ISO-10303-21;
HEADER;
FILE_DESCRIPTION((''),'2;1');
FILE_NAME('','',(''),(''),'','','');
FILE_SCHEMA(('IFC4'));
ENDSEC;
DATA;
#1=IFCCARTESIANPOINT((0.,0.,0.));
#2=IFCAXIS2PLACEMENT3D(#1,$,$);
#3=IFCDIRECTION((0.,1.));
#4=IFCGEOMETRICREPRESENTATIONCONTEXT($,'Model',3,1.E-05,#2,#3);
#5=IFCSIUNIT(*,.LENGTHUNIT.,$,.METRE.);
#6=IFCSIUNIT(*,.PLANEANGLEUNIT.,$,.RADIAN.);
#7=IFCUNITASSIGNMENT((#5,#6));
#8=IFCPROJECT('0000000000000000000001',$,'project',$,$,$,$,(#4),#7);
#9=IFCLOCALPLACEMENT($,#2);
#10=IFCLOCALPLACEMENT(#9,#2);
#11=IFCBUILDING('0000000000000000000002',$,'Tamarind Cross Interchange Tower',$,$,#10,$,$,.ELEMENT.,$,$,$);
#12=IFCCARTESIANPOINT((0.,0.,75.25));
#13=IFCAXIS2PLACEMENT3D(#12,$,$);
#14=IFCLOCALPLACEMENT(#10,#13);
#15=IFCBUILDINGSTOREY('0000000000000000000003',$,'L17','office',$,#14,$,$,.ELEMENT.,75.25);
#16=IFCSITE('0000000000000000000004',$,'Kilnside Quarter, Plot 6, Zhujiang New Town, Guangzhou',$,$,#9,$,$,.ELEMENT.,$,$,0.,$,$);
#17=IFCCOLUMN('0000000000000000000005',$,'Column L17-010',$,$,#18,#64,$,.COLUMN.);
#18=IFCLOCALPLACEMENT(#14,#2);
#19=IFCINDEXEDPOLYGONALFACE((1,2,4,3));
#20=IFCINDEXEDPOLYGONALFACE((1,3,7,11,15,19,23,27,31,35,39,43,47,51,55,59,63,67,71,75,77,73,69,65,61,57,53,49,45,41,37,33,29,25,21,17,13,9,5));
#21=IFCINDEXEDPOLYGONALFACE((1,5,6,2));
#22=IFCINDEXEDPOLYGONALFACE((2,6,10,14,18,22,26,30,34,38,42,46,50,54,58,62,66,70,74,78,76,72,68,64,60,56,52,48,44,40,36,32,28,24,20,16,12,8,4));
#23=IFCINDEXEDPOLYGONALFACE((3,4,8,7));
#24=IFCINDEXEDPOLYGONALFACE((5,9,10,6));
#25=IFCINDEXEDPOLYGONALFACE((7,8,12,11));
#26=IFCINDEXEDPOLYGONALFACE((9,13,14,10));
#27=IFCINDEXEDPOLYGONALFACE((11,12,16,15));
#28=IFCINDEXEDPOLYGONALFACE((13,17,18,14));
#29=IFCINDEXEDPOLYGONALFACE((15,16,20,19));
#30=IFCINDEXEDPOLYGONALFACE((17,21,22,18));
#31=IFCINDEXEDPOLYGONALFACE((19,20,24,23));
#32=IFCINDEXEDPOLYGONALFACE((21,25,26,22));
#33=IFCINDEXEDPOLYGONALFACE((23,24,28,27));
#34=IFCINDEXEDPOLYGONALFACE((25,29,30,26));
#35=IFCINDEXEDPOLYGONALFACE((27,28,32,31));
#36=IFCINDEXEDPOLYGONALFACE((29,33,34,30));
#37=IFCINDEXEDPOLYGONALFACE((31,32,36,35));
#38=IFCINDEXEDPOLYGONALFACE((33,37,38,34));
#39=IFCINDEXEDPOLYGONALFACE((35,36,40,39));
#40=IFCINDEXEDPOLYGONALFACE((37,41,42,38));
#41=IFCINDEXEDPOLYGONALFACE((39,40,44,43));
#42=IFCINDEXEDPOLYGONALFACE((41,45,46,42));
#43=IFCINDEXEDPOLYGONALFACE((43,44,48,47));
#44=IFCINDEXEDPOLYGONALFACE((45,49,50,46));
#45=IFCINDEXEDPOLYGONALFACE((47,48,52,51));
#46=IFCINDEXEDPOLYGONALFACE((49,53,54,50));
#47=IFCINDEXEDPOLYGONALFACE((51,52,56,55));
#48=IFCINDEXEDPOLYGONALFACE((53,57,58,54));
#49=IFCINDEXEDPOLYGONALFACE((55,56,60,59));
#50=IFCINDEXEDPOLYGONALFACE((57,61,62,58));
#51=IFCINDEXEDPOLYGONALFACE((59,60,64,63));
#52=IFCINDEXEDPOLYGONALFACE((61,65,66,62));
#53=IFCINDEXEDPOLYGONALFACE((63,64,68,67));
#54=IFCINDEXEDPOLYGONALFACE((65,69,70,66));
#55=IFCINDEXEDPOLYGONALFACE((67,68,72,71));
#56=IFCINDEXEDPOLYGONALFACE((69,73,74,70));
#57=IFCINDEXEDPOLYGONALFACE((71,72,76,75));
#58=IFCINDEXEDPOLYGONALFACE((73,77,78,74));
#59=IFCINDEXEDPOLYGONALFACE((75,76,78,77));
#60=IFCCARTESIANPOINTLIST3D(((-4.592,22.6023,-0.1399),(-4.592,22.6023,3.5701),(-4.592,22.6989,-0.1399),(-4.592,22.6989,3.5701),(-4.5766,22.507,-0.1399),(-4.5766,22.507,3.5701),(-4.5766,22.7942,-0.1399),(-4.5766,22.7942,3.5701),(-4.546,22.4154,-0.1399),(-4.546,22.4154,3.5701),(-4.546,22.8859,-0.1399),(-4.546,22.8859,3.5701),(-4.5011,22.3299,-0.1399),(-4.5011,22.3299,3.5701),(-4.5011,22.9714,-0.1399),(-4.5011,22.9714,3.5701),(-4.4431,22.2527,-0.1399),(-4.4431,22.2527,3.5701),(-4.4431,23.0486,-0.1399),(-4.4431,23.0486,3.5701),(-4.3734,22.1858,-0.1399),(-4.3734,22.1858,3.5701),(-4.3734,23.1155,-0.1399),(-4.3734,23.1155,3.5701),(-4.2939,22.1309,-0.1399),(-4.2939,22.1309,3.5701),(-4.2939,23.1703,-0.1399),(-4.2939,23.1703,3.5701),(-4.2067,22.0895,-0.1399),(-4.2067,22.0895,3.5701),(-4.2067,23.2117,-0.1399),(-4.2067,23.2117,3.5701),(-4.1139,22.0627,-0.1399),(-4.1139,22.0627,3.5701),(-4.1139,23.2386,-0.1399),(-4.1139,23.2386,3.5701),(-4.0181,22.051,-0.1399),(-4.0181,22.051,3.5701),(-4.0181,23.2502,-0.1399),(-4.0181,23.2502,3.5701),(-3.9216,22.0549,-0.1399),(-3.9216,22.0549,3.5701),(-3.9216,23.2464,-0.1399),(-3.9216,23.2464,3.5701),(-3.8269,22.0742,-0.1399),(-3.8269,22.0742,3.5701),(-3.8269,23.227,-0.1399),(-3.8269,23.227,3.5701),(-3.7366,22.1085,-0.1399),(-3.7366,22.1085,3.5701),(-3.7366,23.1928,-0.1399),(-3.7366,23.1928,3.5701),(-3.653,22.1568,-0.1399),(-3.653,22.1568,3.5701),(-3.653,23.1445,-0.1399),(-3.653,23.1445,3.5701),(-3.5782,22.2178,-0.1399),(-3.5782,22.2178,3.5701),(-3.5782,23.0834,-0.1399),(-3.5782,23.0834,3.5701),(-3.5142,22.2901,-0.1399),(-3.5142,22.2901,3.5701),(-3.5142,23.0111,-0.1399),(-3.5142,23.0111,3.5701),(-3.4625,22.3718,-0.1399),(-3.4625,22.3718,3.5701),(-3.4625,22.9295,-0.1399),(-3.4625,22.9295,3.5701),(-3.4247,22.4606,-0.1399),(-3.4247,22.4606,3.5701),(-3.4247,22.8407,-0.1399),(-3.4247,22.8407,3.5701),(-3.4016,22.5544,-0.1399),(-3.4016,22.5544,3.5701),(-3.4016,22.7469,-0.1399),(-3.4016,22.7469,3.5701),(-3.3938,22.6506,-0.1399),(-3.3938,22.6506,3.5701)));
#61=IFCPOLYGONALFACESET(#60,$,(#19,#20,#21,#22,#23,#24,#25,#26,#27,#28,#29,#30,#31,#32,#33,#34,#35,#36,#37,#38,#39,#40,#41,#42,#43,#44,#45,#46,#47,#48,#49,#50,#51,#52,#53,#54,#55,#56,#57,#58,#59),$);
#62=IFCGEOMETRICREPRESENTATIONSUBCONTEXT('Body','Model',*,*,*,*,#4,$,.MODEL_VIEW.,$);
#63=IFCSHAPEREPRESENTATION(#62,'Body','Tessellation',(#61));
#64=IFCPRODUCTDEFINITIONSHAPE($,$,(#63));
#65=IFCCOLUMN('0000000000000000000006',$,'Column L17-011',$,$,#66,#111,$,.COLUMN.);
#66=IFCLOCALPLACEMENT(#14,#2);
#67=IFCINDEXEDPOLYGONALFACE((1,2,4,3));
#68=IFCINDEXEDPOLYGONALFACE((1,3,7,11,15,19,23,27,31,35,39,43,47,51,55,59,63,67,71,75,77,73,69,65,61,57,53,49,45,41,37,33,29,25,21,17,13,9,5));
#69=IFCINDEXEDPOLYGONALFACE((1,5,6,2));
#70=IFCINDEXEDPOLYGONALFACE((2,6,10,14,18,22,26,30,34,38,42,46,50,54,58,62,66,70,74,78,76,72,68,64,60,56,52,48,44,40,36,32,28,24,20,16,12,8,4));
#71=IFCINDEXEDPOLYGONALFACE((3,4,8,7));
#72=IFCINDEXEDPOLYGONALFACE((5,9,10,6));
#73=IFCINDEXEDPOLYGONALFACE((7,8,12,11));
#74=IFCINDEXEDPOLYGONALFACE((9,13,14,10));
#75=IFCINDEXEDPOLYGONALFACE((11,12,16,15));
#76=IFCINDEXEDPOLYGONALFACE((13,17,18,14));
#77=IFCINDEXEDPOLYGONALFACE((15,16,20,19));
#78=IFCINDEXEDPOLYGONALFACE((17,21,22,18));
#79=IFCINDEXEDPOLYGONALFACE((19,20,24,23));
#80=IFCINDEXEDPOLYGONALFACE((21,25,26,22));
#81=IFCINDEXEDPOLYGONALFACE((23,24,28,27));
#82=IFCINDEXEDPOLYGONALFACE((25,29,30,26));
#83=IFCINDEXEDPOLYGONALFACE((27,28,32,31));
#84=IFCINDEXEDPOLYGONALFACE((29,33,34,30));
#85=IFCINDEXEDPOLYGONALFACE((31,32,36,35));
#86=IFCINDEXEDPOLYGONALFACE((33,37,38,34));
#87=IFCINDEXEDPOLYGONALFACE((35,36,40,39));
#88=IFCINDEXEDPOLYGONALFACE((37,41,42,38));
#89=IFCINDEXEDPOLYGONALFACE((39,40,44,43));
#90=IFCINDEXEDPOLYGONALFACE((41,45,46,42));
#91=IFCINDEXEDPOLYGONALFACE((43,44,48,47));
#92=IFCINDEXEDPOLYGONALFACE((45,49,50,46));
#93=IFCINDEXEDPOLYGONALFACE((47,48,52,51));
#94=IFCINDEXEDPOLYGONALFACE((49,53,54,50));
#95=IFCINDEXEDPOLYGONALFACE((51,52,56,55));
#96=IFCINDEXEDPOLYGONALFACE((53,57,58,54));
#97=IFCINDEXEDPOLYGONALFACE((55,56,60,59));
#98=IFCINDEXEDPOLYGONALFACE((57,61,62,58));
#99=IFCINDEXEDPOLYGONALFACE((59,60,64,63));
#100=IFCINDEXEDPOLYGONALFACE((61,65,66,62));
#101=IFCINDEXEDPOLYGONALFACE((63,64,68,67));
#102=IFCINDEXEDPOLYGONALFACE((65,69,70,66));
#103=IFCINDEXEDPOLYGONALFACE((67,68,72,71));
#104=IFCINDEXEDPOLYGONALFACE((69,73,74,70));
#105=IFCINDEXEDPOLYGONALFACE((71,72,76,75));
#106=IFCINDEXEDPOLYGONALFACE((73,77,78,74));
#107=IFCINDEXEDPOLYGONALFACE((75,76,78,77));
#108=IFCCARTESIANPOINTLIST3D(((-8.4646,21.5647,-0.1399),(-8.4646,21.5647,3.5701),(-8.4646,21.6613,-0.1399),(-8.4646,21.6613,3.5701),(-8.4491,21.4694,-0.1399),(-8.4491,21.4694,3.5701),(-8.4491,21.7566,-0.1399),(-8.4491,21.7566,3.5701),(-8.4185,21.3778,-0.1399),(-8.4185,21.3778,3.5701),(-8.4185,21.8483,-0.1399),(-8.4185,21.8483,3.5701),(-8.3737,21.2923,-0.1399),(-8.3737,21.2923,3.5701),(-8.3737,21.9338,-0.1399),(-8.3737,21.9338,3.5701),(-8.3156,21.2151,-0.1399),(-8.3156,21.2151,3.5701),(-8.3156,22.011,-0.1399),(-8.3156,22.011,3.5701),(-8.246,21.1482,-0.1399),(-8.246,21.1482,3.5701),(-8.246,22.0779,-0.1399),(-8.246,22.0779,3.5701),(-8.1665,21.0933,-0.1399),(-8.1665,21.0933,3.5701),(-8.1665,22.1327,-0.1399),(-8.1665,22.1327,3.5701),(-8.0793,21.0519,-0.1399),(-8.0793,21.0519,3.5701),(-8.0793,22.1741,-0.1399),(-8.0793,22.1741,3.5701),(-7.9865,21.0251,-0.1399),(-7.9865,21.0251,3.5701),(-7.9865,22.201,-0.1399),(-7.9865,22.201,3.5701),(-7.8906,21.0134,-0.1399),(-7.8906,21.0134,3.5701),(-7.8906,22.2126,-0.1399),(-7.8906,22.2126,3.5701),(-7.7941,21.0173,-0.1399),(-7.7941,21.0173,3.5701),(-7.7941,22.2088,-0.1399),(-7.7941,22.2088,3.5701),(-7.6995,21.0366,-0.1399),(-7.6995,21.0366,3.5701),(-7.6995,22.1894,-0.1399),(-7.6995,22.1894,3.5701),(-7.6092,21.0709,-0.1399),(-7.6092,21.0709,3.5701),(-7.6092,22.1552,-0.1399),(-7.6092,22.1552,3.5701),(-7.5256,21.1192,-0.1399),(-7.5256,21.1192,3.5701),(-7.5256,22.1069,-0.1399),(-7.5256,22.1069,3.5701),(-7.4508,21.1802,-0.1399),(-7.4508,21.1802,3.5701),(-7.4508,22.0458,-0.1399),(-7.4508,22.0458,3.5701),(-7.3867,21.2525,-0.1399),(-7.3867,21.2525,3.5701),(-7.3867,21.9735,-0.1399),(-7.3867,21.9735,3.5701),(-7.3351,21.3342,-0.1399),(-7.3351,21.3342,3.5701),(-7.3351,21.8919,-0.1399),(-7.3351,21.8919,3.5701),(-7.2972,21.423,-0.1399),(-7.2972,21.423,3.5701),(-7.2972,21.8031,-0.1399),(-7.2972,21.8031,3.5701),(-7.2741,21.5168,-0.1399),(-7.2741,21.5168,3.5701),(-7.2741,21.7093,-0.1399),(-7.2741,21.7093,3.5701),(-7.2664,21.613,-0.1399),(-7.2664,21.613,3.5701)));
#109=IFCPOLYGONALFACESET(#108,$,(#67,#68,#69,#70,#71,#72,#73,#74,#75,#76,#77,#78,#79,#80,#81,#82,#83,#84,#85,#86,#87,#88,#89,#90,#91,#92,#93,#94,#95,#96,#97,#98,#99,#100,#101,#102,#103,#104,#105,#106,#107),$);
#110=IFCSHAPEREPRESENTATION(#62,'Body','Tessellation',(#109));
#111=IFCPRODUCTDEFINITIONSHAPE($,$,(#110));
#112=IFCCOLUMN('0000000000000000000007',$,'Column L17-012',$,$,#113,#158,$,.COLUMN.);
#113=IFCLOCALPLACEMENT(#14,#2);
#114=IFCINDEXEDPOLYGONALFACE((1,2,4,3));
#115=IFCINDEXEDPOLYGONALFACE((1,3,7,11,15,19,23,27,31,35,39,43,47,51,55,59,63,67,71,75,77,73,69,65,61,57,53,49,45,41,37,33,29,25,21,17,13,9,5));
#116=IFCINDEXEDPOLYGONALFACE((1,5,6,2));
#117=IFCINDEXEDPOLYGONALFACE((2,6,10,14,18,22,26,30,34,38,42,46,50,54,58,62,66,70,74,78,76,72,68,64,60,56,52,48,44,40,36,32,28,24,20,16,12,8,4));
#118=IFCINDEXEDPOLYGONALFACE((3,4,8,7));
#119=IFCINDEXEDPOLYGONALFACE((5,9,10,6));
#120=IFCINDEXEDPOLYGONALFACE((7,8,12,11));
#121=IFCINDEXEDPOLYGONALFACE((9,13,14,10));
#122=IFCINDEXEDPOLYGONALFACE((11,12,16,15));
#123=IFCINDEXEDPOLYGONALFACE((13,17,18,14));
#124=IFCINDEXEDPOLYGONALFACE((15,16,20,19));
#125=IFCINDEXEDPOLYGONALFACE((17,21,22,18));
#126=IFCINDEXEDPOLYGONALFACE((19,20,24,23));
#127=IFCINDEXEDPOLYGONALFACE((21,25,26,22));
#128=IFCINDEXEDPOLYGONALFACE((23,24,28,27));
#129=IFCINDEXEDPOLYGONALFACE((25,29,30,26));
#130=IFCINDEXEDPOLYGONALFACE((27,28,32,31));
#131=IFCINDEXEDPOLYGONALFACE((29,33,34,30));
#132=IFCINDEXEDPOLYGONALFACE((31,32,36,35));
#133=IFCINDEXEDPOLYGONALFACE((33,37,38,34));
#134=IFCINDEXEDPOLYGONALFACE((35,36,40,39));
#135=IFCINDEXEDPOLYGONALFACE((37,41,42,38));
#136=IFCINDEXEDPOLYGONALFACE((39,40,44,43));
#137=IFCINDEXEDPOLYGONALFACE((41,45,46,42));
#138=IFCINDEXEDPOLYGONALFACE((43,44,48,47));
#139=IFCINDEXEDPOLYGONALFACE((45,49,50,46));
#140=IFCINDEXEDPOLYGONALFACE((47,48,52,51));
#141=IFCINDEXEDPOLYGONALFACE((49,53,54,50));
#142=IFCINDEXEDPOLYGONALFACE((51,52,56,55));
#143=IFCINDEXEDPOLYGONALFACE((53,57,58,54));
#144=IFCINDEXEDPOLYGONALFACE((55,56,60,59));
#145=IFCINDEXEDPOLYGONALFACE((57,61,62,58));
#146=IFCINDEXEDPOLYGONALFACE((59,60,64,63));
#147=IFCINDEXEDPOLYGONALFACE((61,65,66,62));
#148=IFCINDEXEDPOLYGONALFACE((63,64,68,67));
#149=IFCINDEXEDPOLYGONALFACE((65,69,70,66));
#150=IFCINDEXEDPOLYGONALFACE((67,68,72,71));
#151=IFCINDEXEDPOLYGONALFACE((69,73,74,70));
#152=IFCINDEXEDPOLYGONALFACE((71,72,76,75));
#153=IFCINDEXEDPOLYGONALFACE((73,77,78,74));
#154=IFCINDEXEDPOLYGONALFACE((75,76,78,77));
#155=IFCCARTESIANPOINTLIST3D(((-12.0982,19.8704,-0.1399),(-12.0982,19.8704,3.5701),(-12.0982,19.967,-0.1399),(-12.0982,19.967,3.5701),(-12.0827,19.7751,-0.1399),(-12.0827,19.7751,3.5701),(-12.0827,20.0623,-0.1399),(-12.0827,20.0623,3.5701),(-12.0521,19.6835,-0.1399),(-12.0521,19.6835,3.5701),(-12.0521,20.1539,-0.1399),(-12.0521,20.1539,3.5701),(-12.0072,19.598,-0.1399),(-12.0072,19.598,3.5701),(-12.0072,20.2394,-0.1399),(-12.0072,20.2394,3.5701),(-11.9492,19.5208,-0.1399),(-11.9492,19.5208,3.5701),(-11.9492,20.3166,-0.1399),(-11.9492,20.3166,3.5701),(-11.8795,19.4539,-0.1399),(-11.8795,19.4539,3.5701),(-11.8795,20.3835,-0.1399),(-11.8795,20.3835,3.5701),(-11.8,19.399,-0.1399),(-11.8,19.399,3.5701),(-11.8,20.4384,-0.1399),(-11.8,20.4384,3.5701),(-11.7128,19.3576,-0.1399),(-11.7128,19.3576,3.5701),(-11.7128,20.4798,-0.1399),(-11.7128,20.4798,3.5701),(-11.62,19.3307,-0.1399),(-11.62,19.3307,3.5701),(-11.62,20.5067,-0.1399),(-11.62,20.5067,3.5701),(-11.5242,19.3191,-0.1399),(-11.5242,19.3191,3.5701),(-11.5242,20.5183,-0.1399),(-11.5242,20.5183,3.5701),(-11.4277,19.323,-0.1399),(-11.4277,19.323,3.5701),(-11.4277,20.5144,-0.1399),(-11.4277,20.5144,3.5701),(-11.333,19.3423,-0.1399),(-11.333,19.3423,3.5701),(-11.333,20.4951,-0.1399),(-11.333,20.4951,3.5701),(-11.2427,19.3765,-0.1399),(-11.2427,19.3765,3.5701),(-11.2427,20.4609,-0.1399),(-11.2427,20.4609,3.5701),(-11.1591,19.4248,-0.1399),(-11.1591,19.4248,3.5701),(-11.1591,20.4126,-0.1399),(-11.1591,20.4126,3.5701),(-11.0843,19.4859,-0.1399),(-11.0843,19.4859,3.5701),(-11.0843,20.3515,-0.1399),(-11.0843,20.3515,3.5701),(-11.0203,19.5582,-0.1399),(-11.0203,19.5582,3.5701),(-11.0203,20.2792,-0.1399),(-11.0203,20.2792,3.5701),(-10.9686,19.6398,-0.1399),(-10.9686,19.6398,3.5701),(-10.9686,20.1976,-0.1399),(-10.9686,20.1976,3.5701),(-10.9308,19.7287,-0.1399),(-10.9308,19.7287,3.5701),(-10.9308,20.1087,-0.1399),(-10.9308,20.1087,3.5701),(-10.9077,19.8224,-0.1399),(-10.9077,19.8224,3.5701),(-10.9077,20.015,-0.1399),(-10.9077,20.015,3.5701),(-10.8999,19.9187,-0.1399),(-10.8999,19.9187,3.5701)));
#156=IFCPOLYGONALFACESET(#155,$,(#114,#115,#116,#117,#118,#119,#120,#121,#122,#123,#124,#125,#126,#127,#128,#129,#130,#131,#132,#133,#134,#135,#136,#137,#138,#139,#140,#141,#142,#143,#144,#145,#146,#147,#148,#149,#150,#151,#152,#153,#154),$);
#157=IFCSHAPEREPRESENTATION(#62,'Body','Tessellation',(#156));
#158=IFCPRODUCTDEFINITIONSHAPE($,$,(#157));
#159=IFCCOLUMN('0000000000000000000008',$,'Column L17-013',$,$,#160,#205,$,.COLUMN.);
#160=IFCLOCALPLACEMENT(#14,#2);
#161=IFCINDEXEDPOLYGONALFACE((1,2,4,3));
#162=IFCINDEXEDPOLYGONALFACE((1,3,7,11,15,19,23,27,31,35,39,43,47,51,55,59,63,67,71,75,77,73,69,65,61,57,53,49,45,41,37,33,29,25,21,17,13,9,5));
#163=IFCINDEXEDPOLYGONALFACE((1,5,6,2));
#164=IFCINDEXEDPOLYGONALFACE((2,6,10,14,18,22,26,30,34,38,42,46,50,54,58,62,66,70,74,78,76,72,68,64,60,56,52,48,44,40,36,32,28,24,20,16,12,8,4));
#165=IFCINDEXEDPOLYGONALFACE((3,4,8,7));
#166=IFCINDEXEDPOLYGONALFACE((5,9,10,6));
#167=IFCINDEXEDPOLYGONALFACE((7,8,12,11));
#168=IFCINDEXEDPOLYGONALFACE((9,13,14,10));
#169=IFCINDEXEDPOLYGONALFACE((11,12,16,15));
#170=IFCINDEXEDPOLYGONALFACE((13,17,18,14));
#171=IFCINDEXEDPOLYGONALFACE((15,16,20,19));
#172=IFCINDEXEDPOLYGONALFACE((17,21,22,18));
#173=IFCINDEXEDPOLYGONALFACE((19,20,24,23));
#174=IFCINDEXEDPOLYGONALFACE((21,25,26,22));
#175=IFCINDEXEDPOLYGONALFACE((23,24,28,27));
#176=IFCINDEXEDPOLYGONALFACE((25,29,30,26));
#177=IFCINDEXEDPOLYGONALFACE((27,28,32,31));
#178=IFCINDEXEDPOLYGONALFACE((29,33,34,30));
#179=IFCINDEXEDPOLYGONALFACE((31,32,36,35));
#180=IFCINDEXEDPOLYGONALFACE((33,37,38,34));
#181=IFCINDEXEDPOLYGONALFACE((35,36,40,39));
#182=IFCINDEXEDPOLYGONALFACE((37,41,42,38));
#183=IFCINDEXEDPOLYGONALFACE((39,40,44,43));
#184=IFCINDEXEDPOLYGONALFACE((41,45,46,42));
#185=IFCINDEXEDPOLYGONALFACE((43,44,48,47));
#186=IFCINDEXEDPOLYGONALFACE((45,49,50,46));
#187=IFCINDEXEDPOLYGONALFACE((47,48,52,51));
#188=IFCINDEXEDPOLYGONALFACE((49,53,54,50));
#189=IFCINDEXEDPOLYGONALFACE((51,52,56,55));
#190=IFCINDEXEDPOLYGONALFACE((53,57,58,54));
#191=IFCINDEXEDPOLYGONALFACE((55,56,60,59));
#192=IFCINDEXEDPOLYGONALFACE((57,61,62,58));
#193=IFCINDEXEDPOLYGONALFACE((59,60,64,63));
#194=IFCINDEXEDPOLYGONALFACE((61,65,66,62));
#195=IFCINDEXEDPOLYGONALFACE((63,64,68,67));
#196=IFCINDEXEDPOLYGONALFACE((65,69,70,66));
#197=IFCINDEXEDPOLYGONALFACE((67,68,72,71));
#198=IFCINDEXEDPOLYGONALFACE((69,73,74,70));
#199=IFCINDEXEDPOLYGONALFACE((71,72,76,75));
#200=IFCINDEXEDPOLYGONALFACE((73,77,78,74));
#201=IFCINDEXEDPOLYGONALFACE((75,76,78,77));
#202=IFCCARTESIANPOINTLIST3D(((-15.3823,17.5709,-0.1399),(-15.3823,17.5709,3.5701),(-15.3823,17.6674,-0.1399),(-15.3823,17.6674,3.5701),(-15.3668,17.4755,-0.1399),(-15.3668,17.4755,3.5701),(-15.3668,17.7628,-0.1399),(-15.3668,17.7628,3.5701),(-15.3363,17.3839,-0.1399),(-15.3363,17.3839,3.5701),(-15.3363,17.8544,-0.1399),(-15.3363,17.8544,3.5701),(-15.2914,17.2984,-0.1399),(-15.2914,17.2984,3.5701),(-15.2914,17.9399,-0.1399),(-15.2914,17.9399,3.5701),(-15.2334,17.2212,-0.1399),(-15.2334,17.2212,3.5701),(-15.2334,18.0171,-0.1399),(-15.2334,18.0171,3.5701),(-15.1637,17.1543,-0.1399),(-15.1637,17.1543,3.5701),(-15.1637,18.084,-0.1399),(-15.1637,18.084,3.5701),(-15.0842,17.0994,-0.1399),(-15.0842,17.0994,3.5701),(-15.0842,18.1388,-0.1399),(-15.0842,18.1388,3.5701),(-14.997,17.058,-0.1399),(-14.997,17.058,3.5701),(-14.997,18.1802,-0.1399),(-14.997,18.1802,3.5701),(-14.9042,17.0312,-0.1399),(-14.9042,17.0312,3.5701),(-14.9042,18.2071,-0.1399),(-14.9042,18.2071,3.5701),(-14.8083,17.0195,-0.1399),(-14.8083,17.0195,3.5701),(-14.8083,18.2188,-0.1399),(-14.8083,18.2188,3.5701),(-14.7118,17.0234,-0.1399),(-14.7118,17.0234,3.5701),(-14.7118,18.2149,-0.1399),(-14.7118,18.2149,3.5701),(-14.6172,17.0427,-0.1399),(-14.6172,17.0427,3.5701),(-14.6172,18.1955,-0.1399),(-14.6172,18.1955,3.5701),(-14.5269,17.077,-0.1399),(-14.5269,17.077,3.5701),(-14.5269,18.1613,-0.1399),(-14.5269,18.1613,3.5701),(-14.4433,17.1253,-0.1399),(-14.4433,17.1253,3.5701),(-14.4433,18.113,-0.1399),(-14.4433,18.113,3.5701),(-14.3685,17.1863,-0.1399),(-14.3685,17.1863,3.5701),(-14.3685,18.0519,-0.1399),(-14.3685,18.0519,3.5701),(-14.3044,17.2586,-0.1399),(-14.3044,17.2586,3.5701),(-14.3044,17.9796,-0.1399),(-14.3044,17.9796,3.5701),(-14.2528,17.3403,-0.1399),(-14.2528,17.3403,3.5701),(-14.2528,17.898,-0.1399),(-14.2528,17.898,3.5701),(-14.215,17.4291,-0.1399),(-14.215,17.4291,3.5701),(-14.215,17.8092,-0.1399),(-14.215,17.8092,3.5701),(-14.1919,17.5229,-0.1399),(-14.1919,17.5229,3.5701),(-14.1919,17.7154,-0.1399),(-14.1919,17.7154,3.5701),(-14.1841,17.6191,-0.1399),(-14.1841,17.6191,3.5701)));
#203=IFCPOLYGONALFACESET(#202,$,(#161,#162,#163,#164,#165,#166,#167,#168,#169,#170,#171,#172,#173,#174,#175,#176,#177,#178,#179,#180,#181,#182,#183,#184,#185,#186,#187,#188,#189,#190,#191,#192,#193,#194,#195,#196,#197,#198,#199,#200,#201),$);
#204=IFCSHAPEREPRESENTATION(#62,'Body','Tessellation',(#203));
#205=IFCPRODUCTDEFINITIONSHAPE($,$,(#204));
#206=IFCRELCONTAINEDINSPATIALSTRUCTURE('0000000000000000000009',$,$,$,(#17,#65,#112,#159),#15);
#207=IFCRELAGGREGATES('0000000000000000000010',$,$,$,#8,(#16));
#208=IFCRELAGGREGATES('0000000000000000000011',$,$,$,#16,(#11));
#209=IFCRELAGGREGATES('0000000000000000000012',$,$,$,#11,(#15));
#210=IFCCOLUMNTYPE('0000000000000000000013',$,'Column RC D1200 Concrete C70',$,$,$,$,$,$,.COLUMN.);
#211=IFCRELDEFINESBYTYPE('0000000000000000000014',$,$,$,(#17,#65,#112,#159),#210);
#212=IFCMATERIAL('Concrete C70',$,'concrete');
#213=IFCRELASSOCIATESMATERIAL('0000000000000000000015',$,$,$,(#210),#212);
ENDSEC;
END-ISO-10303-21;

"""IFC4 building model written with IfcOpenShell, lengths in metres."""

from ifc_helpers import new_model, si_unit, direction, frame, origin, origin_2d, place, context, subcontext, project, spatial, circle, extrude, material, material_profile, profile_set, type_object, element, save


model = new_model("IFC4")

# Units and contexts
model_context = context("Model", 3, precision=1e-05, world=origin(), true_north=direction((0.0, 1.0)))
body_context = subcontext(model_context, "Body", "Model", "MODEL_VIEW")
ifc_project = project(units=[si_unit("LENGTHUNIT", "METRE"), si_unit("PLANEANGLEUNIT", "RADIAN")], contexts=[model_context])

# Site, building, storey
site_placement = place(None, origin())
site = spatial("IfcSite", under=ifc_project, at=site_placement, Name="Kilnside Quarter, Plot 6, Zhujiang New Town, Guangzhou", CompositionType="ELEMENT", RefElevation=0.0)
building_placement = place(site_placement, origin())
building = spatial("IfcBuilding", under=site, at=building_placement, Name="Tamarind Cross Interchange Tower", CompositionType="ELEMENT")
storey_placement = place(building_placement, frame((0.0, 0.0, 75.25)))
storey = spatial("IfcBuildingStorey", under=building, at=storey_placement, Name="L17", Description="office", CompositionType="ELEMENT", Elevation=75.25)

# Columns
ifc_material_1 = material(Name="Concrete C70", Category="concrete")
ifc_material_profile_1 = material_profile(ifc_material_1, circle(Radius=0.6001, at=origin_2d()), Name="RC D1200")
ifc_profile_set_1 = profile_set([ifc_material_profile_1], Name="Concrete C70")
column_type = type_object("IfcColumnType", Name="Column RC D1200 Concrete C70", PredefinedType="COLUMN", material=ifc_profile_set_1)
for number, where, z_axis, x_axis, name in (
    (1, (-3.9939, 22.6506, -0.1399), (0.0, 0.0, 1.0), (1.0, 0.0, 0.0), "Column L17-010"),
    (2, (-7.8665, 21.613, -0.1399), (0.0, 0.0, 1.0), (1.0, 0.0, 0.0), "Column L17-011"),
    (3, (-11.5, 19.9187, -0.1399), (0.0, 0.0, 1.0), (1.0, 0.0, 0.0), "Column L17-012"),
    (4, (-14.7842, 17.6191, -0.1399), (0.0, 0.0, 1.0), (1.0, 0.0, 0.0), "Column L17-013"),
):
    element("IfcColumn", number, at=place(storey_placement, frame(where, z_axis=z_axis, x_axis=x_axis)), inside=storey, type_object=column_type, Name=name, PredefinedType="COLUMN", context=body_context, shape_type="SweptSolid", body=[
        extrude(circle(Radius=0.6001, at=origin_2d()), origin(), (0.0, 0.0, 1.0), 3.71),
    ])

save(model, "model.ifc")
